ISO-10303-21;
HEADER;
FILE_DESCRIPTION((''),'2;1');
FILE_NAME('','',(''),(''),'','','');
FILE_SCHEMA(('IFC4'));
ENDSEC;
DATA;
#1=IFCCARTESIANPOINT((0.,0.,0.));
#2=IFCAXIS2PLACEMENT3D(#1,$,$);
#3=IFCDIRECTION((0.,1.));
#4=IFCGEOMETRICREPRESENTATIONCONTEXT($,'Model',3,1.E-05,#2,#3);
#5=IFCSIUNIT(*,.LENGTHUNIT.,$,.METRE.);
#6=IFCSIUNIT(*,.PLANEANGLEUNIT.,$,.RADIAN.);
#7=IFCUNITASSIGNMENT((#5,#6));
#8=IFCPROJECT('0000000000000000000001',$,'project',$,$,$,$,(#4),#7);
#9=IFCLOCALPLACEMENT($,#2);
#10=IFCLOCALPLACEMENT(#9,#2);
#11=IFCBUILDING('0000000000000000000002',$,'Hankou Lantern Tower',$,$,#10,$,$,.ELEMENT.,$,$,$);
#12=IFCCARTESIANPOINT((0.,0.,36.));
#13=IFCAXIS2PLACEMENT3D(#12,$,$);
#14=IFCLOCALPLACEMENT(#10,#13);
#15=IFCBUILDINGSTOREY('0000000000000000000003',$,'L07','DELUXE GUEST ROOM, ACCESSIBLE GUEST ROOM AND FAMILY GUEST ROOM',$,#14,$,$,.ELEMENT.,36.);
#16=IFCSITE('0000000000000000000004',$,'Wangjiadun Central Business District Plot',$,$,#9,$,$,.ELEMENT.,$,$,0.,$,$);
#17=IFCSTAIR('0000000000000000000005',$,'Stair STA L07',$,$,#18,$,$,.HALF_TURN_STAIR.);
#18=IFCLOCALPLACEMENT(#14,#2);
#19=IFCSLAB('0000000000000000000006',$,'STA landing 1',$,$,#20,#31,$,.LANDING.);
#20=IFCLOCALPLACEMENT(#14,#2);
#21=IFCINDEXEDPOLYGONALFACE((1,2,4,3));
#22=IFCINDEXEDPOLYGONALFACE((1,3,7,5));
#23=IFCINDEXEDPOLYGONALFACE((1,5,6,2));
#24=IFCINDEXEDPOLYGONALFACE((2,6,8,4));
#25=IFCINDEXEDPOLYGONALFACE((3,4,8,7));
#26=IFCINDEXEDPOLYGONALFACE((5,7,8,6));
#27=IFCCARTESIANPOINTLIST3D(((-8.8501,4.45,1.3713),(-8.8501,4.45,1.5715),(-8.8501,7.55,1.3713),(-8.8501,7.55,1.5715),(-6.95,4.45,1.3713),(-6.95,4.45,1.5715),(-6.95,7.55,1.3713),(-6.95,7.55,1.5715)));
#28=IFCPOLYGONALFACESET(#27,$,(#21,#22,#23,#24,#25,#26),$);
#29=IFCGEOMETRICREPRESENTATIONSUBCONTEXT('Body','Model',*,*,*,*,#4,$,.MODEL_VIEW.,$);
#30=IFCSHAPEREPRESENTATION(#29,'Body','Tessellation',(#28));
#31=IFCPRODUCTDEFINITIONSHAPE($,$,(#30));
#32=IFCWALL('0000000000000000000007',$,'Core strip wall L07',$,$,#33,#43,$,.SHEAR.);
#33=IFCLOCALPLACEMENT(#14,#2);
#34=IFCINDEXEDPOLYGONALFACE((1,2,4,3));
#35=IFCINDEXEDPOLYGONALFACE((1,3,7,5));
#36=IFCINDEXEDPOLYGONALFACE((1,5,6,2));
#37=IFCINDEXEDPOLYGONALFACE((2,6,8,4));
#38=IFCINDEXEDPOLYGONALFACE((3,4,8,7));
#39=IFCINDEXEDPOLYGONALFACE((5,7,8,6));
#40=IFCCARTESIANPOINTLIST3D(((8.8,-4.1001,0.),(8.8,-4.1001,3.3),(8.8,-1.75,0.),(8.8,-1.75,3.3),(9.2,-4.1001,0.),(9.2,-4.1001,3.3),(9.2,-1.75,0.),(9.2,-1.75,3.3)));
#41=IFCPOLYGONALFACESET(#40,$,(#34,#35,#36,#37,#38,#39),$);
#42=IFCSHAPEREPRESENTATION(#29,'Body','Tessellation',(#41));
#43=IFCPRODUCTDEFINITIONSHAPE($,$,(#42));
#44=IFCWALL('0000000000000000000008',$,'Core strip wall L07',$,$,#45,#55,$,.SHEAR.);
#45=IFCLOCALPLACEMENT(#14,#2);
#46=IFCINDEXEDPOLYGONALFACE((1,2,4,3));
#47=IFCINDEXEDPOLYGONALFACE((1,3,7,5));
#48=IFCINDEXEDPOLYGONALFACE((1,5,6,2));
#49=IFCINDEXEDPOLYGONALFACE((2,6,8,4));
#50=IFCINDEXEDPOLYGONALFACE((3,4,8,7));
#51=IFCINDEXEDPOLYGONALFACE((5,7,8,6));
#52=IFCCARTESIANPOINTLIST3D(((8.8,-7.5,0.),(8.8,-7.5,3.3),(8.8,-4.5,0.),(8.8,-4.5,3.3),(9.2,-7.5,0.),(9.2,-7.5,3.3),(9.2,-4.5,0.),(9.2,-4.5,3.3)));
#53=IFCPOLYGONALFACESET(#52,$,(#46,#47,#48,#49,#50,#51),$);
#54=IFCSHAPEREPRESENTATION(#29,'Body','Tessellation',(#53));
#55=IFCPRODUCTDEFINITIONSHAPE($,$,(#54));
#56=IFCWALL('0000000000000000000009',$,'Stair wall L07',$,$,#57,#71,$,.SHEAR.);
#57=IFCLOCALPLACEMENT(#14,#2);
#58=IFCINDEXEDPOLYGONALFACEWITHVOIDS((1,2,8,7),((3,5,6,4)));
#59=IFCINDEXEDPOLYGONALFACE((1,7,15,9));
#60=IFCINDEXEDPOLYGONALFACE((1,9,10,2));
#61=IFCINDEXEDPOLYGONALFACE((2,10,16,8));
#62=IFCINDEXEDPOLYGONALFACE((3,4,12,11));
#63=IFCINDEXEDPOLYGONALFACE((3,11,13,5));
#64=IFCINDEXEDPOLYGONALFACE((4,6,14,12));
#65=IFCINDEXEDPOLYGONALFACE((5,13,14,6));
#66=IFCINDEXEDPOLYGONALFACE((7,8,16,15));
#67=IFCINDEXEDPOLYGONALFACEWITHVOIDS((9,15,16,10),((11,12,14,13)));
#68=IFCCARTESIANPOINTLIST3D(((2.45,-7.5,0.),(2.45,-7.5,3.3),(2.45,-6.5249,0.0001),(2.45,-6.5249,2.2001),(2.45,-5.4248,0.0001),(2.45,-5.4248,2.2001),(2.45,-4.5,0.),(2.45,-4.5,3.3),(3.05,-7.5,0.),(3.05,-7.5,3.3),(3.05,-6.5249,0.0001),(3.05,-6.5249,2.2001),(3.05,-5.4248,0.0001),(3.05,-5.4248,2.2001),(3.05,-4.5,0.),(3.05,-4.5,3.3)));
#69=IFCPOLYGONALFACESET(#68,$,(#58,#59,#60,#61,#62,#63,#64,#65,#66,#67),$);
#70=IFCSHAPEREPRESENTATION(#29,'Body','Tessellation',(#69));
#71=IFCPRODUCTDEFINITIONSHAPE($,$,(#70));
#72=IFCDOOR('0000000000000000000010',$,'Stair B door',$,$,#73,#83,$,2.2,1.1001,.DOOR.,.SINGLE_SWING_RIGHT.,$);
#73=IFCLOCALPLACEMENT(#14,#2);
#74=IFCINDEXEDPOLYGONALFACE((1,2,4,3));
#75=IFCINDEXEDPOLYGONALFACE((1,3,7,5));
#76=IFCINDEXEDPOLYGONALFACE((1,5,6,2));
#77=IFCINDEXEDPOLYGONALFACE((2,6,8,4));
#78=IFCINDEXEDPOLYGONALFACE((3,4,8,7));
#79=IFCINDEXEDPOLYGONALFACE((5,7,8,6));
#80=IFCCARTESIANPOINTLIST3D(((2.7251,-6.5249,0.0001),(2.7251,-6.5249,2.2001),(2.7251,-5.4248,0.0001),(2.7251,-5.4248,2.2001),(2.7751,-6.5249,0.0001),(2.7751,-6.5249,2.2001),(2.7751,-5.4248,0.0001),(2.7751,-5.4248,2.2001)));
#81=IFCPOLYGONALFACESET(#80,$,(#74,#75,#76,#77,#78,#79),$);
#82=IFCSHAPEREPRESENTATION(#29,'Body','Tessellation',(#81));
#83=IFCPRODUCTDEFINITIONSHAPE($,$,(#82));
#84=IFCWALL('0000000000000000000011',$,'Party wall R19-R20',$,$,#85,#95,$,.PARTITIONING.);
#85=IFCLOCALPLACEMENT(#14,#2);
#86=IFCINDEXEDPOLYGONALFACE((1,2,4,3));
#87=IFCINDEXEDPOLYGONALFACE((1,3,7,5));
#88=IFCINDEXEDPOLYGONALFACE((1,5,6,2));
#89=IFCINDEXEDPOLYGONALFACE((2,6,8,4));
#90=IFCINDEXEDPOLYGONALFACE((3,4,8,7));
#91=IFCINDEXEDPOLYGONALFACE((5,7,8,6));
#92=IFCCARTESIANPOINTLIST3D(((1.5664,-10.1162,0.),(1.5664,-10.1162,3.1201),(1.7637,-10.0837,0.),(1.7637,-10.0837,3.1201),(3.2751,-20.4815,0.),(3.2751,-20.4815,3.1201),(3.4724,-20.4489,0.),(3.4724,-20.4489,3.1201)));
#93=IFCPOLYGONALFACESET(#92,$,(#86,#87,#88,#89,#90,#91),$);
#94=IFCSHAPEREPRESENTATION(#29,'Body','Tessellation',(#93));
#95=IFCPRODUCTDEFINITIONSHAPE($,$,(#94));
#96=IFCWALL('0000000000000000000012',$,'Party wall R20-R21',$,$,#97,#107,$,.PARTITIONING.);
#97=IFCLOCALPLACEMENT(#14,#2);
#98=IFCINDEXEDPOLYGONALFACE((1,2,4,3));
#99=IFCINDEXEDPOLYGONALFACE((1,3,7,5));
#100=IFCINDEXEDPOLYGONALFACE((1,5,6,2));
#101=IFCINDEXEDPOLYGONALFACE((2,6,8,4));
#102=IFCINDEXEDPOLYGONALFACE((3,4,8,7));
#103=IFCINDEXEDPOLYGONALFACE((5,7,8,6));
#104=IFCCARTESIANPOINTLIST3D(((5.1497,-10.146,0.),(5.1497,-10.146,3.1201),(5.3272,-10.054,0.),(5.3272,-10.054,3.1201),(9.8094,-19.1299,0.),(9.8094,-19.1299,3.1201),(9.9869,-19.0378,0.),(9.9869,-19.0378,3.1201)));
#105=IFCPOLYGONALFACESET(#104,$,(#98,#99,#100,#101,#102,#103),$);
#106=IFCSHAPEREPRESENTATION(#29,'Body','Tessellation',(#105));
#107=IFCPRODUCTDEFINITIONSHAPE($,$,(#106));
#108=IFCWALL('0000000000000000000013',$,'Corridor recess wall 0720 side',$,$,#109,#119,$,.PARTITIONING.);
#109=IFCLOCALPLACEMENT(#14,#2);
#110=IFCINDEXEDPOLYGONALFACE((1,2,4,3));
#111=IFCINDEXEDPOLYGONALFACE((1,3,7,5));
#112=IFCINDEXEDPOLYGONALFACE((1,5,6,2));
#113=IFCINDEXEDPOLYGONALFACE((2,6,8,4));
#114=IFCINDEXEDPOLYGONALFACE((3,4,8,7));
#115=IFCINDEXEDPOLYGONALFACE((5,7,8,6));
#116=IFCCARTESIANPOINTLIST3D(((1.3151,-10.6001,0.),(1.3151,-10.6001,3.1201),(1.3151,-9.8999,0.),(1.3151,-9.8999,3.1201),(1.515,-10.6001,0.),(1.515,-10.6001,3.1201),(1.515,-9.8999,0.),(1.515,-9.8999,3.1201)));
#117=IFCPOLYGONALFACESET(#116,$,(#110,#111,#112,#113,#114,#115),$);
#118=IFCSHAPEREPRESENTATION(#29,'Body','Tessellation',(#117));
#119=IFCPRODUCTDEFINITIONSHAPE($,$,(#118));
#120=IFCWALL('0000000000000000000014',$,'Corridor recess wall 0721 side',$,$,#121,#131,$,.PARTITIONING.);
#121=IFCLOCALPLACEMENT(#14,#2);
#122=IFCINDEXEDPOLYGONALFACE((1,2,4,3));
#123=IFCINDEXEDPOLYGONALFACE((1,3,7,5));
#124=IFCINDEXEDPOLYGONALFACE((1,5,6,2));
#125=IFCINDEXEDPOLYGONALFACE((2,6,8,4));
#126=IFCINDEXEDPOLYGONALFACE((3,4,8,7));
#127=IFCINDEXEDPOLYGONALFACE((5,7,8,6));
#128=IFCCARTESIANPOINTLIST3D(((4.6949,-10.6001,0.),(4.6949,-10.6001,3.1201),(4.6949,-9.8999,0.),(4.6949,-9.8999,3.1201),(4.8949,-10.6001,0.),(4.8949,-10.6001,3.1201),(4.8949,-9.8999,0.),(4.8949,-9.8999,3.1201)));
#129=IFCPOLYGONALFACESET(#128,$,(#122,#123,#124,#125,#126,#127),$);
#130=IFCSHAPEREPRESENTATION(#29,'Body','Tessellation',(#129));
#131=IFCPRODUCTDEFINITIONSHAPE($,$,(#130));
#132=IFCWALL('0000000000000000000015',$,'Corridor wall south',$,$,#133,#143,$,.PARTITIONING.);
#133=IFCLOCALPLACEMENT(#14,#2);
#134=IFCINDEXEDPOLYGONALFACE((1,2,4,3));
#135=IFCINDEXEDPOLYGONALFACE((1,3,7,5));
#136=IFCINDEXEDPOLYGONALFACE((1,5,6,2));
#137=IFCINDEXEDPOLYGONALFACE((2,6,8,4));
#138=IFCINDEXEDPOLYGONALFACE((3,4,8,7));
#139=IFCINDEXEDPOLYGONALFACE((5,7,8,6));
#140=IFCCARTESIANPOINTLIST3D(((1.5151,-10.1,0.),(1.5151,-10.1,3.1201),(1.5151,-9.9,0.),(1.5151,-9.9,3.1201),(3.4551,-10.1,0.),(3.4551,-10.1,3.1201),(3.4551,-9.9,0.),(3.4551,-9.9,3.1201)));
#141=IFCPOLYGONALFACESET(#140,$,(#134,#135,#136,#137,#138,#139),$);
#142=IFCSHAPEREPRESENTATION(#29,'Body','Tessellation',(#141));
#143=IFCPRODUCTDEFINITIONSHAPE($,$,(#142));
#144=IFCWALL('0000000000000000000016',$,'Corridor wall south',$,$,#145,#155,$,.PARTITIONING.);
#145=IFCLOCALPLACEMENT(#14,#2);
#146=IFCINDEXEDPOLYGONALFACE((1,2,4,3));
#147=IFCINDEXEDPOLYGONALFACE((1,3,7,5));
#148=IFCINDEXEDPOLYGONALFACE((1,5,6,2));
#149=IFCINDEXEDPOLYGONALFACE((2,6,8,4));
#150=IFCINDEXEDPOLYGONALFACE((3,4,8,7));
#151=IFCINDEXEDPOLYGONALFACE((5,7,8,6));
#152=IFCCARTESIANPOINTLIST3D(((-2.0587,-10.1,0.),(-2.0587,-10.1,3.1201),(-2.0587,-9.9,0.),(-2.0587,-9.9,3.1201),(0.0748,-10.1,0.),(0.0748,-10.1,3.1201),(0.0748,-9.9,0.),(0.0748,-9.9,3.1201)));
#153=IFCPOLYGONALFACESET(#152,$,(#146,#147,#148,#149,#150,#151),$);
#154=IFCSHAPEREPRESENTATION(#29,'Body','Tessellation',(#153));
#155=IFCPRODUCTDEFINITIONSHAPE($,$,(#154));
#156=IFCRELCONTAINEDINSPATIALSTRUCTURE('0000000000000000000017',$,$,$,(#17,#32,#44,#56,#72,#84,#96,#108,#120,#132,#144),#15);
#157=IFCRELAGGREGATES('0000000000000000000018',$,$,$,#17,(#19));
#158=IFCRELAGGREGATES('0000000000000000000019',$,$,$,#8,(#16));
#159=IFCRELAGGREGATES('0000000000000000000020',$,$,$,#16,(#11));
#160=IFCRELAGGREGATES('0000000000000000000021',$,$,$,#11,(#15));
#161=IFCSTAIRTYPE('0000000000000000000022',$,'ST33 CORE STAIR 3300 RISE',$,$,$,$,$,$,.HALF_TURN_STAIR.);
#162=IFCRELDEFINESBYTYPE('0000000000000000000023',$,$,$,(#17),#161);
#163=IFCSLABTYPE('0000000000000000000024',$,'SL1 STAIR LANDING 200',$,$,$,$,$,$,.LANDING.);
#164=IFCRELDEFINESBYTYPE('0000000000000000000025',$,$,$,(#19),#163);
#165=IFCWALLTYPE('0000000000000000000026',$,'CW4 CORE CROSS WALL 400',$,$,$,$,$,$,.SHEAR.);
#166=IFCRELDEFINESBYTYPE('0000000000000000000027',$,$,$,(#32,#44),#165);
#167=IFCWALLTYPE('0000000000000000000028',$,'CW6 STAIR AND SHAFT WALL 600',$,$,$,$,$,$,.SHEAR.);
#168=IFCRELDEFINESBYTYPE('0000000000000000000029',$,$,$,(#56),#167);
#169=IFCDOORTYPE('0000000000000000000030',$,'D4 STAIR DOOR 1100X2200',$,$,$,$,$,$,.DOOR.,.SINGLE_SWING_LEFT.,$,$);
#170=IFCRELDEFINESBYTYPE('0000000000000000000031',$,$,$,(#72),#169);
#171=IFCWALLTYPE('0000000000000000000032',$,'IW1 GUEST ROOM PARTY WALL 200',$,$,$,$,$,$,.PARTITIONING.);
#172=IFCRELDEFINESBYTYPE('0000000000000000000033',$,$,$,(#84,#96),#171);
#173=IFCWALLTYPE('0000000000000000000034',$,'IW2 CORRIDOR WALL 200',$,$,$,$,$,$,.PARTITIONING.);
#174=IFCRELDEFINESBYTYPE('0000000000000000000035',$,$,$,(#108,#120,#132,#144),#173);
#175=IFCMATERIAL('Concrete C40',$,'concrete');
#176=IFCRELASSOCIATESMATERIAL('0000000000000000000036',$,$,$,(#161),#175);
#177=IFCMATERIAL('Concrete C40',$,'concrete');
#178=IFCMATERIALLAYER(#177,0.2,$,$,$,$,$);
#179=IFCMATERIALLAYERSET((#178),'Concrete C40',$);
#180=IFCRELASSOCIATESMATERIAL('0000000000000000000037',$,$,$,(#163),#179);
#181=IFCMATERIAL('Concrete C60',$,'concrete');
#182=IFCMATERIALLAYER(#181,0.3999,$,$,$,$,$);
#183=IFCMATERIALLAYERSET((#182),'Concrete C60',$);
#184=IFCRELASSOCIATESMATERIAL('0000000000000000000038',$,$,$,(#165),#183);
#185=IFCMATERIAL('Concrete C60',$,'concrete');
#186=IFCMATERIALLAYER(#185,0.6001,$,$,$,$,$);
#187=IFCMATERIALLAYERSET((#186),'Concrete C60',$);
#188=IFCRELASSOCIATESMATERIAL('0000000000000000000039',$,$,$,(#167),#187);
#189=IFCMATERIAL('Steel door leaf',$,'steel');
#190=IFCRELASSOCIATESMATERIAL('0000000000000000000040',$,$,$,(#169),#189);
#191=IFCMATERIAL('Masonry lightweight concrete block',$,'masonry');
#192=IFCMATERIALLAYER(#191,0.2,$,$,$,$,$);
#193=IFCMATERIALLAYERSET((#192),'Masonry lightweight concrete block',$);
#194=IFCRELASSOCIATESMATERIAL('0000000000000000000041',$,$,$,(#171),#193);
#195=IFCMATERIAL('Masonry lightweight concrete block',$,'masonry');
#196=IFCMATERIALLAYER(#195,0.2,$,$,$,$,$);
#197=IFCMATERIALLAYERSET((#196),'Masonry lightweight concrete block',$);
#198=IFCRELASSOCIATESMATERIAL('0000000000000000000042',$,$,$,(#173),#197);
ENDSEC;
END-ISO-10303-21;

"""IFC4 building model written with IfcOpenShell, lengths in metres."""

from ifc_helpers import new_model, si_unit, direction, frame, frame_2d, origin, place, context, subcontext, project, spatial, polyline, rectangle, outline, extrude, material, layer, layer_set, type_object, element, fill, aggregate, save


model = new_model("IFC4")

# Units and contexts
model_context = context("Model", 3, precision=1e-05, world=origin(), true_north=direction((0.0, 1.0)))
body_context = subcontext(model_context, "Body", "Model", "MODEL_VIEW")
ifc_project = project(units=[si_unit("LENGTHUNIT", "METRE"), si_unit("PLANEANGLEUNIT", "RADIAN")], contexts=[model_context])

# Site, building, storey
site_placement = place(None, origin())
site = spatial("IfcSite", under=ifc_project, at=site_placement, Name="Wangjiadun Central Business District Plot", CompositionType="ELEMENT", RefElevation=0.0)
building_placement = place(site_placement, origin())
building = spatial("IfcBuilding", under=site, at=building_placement, Name="Hankou Lantern Tower", CompositionType="ELEMENT")
storey_placement = place(building_placement, frame((0.0, 0.0, 36.0)))
storey = spatial("IfcBuildingStorey", under=building, at=storey_placement, Name="L07", Description="DELUXE GUEST ROOM, ACCESSIBLE GUEST ROOM AND FAMILY GUEST ROOM", CompositionType="ELEMENT", Elevation=36.0)

# Stair, slab
ifc_material_1 = material(Name="Concrete C40", Category="concrete")
stair_type = type_object("IfcStairType", Name="ST33 CORE STAIR 3300 RISE", PredefinedType="HALF_TURN_STAIR", material=ifc_material_1)
stair_1_placement = place(storey_placement, origin())
stair_1 = element("IfcStair", 1, at=stair_1_placement, inside=storey, type_object=stair_type, Name="Stair STA L07", PredefinedType="HALF_TURN_STAIR")
ifc_material_2 = material(Name="Concrete C40", Category="concrete")
ifc_layer_1 = layer(ifc_material_2, 0.2)
ifc_layer_set_1 = layer_set([ifc_layer_1], Name="Concrete C40")
slab_type_1 = type_object("IfcSlabType", Name="SL1 STAIR LANDING 200", PredefinedType="LANDING", material=ifc_layer_set_1)
slab_1_placement = place(storey_placement, frame((0.0, 0.0, 1.3713)))
slab_1 = element("IfcSlab", 2, at=slab_1_placement, type_object=slab_type_1, Name="STA landing 1", PredefinedType="LANDING", context=body_context, shape_type="SweptSolid", body=[
    extrude(outline(polyline([(-8.8501, 4.45), (-6.95, 4.45), (-6.95, 7.55), (-8.8501, 7.55), (-8.8501, 4.45)])), origin(), (0.0, 0.0, 1.0), 0.2002),
])
aggregate(stair_1, [slab_1])

# Walls
ifc_material_3 = material(Name="Concrete C60", Category="concrete")
ifc_layer_2 = layer(ifc_material_3, 0.3999)
ifc_layer_set_2 = layer_set([ifc_layer_2], Name="Concrete C60")
wall_type_1 = type_object("IfcWallType", Name="CW4 CORE CROSS WALL 400", PredefinedType="SHEAR", material=ifc_layer_set_2)
wall_1_placement = place(storey_placement, frame((9.0, -4.1001, 0.0), z_axis=(0.0, 0.0, 1.0), x_axis=(0.0, 1.0, 0.0)))
element("IfcWall", 3, at=wall_1_placement, inside=storey, type_object=wall_type_1, Name="Core strip wall L07", PredefinedType="SHEAR", context=body_context, shape_type="SweptSolid", body=[
    extrude(rectangle(XDim=2.3501, YDim=0.3999, at=frame_2d((1.175, 0.0))), origin(), (0.0, 0.0, 1.0), 3.3),
])
wall_2_placement = place(storey_placement, frame((9.0, -7.5, 0.0), z_axis=(0.0, 0.0, 1.0), x_axis=(0.0, 1.0, 0.0)))
element("IfcWall", 4, at=wall_2_placement, inside=storey, type_object=wall_type_1, Name="Core strip wall L07", PredefinedType="SHEAR", context=body_context, shape_type="SweptSolid", body=[
    extrude(rectangle(XDim=3.0, YDim=0.3999, at=frame_2d((1.5, 0.0))), origin(), (0.0, 0.0, 1.0), 3.3),
])

# Wall, opening, door
ifc_material_4 = material(Name="Concrete C60", Category="concrete")
ifc_layer_3 = layer(ifc_material_4, 0.6001)
ifc_layer_set_3 = layer_set([ifc_layer_3], Name="Concrete C60")
wall_type_2 = type_object("IfcWallType", Name="CW6 STAIR AND SHAFT WALL 600", PredefinedType="SHEAR", material=ifc_layer_set_3)
wall_3_placement = place(storey_placement, frame((2.75, -7.5, 0.0), z_axis=(0.0, 0.0, 1.0), x_axis=(0.0, 1.0, 0.0)))
wall_3 = element("IfcWall", 5, at=wall_3_placement, inside=storey, type_object=wall_type_2, Name="Stair wall L07", PredefinedType="SHEAR", context=body_context, shape_type="SweptSolid", body=[
    extrude(rectangle(XDim=3.0, YDim=0.6001, at=frame_2d((1.5, 0.0))), origin(), (0.0, 0.0, 1.0), 3.3),
])
opening_1_placement = place(wall_3_placement, frame((0.9751, 0.0, 0.0)))
opening_1 = element("IfcOpeningElement", 6, at=opening_1_placement, cuts=wall_3, PredefinedType="OPENING", context=body_context, shape_type="SweptSolid", body=[
    extrude(rectangle(XDim=1.1001, YDim=2.2, at=frame_2d((0.55, 1.1001))), frame((0.0, 0.3101, 0.0), z_axis=(0.0, -1.0, 0.0), x_axis=(1.0, 0.0, 0.0)), (0.0, 0.0, 1.0), 0.6201),
])
ifc_material_5 = material(Name="Steel door leaf", Category="steel")
door_type_1 = type_object("IfcDoorType", Name="D4 STAIR DOOR 1100X2200", OperationType="SINGLE_SWING_LEFT", PredefinedType="DOOR", material=ifc_material_5)
door_1_placement = place(opening_1_placement, origin())
door_1 = element("IfcDoor", 7, at=door_1_placement, inside=storey, type_object=door_type_1, Name="Stair B door", OperationType="SINGLE_SWING_RIGHT", OverallHeight=2.2, OverallWidth=1.1001, PredefinedType="DOOR", context=body_context, shape_type="SweptSolid", body=[
    extrude(rectangle(XDim=1.1001, YDim=2.2, at=frame_2d((0.55, 1.1001))), frame((0.0, 0.0249, 0.0), z_axis=(0.0, -1.0, 0.0), x_axis=(1.0, 0.0, 0.0)), (0.0, 0.0, 1.0), 0.05),
])
fill(opening_1, door_1)

# Walls
ifc_material_6 = material(Name="Masonry lightweight concrete block", Category="masonry")
ifc_layer_4 = layer(ifc_material_6, 0.2)
ifc_layer_set_4 = layer_set([ifc_layer_4], Name="Masonry lightweight concrete block")
wall_type_3 = type_object("IfcWallType", Name="IW1 GUEST ROOM PARTY WALL 200", PredefinedType="PARTITIONING", material=ifc_layer_set_4)
wall_4_placement = place(storey_placement, frame((1.665, -10.1001, 0.0), z_axis=(0.0, 0.0, 1.0), x_axis=(0.162658, -0.986683, 0.0)))
element("IfcWall", 8, at=wall_4_placement, inside=storey, type_object=wall_type_3, Name="Party wall R19-R20", PredefinedType="PARTITIONING", context=body_context, shape_type="SweptSolid", body=[
    extrude(rectangle(XDim=10.5051, YDim=0.2, at=frame_2d((5.2524, 0.0))), origin(), (0.0, 0.0, 1.0), 3.1201),
])
wall_5_placement = place(storey_placement, frame((5.2385, -10.1001, 0.0), z_axis=(0.0, 0.0, 1.0), x_axis=(0.460423, -0.8877, 0.0)))
element("IfcWall", 9, at=wall_5_placement, inside=storey, type_object=wall_type_3, Name="Party wall R20-R21", PredefinedType="PARTITIONING", context=body_context, shape_type="SweptSolid", body=[
    extrude(rectangle(XDim=10.1204, YDim=0.2, at=frame_2d((5.0601, 0.0))), origin(), (0.0, 0.0, 1.0), 3.1201),
])
ifc_material_7 = material(Name="Masonry lightweight concrete block", Category="masonry")
ifc_layer_5 = layer(ifc_material_7, 0.2)
ifc_layer_set_5 = layer_set([ifc_layer_5], Name="Masonry lightweight concrete block")
wall_type_4 = type_object("IfcWallType", Name="IW2 CORRIDOR WALL 200", PredefinedType="PARTITIONING", material=ifc_layer_set_5)
for number, where, z_axis, x_axis, name in (
    (10, (1.415, -9.8999, 0.0), (0.0, 0.0, 1.0), (0.0, -1.0, 0.0), "Corridor recess wall 0720 side"),
    (11, (4.7949, -9.8999, 0.0), (0.0, 0.0, 1.0), (0.0, -1.0, 0.0), "Corridor recess wall 0721 side"),
):
    element("IfcWall", number, at=place(storey_placement, frame(where, z_axis=z_axis, x_axis=x_axis)), inside=storey, type_object=wall_type_4, Name=name, PredefinedType="PARTITIONING", context=body_context, shape_type="SweptSolid", body=[
        extrude(rectangle(XDim=0.7002, YDim=0.2, at=frame_2d((0.3501, 0.0))), origin(), (0.0, 0.0, 1.0), 3.1201),
    ])
wall_6_placement = place(storey_placement, frame((3.4551, -10.0, 0.0), z_axis=(0.0, 0.0, 1.0), x_axis=(-1.0, 0.0, 0.0)))
element("IfcWall", 12, at=wall_6_placement, inside=storey, type_object=wall_type_4, Name="Corridor wall south", PredefinedType="PARTITIONING", context=body_context, shape_type="SweptSolid", body=[
    extrude(rectangle(XDim=1.9399, YDim=0.2, at=frame_2d((0.97, 0.0))), origin(), (0.0, 0.0, 1.0), 3.1201),
])
wall_7_placement = place(storey_placement, frame((0.075, -10.0, 0.0), z_axis=(0.0, 0.0, 1.0), x_axis=(-1.0, 0.0, 0.0)))
element("IfcWall", 13, at=wall_7_placement, inside=storey, type_object=wall_type_4, Name="Corridor wall south", PredefinedType="PARTITIONING", context=body_context, shape_type="SweptSolid", body=[
    extrude(rectangle(XDim=2.1335, YDim=0.2, at=frame_2d((1.0669, 0.0))), origin(), (0.0, 0.0, 1.0), 3.1201),
])

save(model, "model.ifc")
